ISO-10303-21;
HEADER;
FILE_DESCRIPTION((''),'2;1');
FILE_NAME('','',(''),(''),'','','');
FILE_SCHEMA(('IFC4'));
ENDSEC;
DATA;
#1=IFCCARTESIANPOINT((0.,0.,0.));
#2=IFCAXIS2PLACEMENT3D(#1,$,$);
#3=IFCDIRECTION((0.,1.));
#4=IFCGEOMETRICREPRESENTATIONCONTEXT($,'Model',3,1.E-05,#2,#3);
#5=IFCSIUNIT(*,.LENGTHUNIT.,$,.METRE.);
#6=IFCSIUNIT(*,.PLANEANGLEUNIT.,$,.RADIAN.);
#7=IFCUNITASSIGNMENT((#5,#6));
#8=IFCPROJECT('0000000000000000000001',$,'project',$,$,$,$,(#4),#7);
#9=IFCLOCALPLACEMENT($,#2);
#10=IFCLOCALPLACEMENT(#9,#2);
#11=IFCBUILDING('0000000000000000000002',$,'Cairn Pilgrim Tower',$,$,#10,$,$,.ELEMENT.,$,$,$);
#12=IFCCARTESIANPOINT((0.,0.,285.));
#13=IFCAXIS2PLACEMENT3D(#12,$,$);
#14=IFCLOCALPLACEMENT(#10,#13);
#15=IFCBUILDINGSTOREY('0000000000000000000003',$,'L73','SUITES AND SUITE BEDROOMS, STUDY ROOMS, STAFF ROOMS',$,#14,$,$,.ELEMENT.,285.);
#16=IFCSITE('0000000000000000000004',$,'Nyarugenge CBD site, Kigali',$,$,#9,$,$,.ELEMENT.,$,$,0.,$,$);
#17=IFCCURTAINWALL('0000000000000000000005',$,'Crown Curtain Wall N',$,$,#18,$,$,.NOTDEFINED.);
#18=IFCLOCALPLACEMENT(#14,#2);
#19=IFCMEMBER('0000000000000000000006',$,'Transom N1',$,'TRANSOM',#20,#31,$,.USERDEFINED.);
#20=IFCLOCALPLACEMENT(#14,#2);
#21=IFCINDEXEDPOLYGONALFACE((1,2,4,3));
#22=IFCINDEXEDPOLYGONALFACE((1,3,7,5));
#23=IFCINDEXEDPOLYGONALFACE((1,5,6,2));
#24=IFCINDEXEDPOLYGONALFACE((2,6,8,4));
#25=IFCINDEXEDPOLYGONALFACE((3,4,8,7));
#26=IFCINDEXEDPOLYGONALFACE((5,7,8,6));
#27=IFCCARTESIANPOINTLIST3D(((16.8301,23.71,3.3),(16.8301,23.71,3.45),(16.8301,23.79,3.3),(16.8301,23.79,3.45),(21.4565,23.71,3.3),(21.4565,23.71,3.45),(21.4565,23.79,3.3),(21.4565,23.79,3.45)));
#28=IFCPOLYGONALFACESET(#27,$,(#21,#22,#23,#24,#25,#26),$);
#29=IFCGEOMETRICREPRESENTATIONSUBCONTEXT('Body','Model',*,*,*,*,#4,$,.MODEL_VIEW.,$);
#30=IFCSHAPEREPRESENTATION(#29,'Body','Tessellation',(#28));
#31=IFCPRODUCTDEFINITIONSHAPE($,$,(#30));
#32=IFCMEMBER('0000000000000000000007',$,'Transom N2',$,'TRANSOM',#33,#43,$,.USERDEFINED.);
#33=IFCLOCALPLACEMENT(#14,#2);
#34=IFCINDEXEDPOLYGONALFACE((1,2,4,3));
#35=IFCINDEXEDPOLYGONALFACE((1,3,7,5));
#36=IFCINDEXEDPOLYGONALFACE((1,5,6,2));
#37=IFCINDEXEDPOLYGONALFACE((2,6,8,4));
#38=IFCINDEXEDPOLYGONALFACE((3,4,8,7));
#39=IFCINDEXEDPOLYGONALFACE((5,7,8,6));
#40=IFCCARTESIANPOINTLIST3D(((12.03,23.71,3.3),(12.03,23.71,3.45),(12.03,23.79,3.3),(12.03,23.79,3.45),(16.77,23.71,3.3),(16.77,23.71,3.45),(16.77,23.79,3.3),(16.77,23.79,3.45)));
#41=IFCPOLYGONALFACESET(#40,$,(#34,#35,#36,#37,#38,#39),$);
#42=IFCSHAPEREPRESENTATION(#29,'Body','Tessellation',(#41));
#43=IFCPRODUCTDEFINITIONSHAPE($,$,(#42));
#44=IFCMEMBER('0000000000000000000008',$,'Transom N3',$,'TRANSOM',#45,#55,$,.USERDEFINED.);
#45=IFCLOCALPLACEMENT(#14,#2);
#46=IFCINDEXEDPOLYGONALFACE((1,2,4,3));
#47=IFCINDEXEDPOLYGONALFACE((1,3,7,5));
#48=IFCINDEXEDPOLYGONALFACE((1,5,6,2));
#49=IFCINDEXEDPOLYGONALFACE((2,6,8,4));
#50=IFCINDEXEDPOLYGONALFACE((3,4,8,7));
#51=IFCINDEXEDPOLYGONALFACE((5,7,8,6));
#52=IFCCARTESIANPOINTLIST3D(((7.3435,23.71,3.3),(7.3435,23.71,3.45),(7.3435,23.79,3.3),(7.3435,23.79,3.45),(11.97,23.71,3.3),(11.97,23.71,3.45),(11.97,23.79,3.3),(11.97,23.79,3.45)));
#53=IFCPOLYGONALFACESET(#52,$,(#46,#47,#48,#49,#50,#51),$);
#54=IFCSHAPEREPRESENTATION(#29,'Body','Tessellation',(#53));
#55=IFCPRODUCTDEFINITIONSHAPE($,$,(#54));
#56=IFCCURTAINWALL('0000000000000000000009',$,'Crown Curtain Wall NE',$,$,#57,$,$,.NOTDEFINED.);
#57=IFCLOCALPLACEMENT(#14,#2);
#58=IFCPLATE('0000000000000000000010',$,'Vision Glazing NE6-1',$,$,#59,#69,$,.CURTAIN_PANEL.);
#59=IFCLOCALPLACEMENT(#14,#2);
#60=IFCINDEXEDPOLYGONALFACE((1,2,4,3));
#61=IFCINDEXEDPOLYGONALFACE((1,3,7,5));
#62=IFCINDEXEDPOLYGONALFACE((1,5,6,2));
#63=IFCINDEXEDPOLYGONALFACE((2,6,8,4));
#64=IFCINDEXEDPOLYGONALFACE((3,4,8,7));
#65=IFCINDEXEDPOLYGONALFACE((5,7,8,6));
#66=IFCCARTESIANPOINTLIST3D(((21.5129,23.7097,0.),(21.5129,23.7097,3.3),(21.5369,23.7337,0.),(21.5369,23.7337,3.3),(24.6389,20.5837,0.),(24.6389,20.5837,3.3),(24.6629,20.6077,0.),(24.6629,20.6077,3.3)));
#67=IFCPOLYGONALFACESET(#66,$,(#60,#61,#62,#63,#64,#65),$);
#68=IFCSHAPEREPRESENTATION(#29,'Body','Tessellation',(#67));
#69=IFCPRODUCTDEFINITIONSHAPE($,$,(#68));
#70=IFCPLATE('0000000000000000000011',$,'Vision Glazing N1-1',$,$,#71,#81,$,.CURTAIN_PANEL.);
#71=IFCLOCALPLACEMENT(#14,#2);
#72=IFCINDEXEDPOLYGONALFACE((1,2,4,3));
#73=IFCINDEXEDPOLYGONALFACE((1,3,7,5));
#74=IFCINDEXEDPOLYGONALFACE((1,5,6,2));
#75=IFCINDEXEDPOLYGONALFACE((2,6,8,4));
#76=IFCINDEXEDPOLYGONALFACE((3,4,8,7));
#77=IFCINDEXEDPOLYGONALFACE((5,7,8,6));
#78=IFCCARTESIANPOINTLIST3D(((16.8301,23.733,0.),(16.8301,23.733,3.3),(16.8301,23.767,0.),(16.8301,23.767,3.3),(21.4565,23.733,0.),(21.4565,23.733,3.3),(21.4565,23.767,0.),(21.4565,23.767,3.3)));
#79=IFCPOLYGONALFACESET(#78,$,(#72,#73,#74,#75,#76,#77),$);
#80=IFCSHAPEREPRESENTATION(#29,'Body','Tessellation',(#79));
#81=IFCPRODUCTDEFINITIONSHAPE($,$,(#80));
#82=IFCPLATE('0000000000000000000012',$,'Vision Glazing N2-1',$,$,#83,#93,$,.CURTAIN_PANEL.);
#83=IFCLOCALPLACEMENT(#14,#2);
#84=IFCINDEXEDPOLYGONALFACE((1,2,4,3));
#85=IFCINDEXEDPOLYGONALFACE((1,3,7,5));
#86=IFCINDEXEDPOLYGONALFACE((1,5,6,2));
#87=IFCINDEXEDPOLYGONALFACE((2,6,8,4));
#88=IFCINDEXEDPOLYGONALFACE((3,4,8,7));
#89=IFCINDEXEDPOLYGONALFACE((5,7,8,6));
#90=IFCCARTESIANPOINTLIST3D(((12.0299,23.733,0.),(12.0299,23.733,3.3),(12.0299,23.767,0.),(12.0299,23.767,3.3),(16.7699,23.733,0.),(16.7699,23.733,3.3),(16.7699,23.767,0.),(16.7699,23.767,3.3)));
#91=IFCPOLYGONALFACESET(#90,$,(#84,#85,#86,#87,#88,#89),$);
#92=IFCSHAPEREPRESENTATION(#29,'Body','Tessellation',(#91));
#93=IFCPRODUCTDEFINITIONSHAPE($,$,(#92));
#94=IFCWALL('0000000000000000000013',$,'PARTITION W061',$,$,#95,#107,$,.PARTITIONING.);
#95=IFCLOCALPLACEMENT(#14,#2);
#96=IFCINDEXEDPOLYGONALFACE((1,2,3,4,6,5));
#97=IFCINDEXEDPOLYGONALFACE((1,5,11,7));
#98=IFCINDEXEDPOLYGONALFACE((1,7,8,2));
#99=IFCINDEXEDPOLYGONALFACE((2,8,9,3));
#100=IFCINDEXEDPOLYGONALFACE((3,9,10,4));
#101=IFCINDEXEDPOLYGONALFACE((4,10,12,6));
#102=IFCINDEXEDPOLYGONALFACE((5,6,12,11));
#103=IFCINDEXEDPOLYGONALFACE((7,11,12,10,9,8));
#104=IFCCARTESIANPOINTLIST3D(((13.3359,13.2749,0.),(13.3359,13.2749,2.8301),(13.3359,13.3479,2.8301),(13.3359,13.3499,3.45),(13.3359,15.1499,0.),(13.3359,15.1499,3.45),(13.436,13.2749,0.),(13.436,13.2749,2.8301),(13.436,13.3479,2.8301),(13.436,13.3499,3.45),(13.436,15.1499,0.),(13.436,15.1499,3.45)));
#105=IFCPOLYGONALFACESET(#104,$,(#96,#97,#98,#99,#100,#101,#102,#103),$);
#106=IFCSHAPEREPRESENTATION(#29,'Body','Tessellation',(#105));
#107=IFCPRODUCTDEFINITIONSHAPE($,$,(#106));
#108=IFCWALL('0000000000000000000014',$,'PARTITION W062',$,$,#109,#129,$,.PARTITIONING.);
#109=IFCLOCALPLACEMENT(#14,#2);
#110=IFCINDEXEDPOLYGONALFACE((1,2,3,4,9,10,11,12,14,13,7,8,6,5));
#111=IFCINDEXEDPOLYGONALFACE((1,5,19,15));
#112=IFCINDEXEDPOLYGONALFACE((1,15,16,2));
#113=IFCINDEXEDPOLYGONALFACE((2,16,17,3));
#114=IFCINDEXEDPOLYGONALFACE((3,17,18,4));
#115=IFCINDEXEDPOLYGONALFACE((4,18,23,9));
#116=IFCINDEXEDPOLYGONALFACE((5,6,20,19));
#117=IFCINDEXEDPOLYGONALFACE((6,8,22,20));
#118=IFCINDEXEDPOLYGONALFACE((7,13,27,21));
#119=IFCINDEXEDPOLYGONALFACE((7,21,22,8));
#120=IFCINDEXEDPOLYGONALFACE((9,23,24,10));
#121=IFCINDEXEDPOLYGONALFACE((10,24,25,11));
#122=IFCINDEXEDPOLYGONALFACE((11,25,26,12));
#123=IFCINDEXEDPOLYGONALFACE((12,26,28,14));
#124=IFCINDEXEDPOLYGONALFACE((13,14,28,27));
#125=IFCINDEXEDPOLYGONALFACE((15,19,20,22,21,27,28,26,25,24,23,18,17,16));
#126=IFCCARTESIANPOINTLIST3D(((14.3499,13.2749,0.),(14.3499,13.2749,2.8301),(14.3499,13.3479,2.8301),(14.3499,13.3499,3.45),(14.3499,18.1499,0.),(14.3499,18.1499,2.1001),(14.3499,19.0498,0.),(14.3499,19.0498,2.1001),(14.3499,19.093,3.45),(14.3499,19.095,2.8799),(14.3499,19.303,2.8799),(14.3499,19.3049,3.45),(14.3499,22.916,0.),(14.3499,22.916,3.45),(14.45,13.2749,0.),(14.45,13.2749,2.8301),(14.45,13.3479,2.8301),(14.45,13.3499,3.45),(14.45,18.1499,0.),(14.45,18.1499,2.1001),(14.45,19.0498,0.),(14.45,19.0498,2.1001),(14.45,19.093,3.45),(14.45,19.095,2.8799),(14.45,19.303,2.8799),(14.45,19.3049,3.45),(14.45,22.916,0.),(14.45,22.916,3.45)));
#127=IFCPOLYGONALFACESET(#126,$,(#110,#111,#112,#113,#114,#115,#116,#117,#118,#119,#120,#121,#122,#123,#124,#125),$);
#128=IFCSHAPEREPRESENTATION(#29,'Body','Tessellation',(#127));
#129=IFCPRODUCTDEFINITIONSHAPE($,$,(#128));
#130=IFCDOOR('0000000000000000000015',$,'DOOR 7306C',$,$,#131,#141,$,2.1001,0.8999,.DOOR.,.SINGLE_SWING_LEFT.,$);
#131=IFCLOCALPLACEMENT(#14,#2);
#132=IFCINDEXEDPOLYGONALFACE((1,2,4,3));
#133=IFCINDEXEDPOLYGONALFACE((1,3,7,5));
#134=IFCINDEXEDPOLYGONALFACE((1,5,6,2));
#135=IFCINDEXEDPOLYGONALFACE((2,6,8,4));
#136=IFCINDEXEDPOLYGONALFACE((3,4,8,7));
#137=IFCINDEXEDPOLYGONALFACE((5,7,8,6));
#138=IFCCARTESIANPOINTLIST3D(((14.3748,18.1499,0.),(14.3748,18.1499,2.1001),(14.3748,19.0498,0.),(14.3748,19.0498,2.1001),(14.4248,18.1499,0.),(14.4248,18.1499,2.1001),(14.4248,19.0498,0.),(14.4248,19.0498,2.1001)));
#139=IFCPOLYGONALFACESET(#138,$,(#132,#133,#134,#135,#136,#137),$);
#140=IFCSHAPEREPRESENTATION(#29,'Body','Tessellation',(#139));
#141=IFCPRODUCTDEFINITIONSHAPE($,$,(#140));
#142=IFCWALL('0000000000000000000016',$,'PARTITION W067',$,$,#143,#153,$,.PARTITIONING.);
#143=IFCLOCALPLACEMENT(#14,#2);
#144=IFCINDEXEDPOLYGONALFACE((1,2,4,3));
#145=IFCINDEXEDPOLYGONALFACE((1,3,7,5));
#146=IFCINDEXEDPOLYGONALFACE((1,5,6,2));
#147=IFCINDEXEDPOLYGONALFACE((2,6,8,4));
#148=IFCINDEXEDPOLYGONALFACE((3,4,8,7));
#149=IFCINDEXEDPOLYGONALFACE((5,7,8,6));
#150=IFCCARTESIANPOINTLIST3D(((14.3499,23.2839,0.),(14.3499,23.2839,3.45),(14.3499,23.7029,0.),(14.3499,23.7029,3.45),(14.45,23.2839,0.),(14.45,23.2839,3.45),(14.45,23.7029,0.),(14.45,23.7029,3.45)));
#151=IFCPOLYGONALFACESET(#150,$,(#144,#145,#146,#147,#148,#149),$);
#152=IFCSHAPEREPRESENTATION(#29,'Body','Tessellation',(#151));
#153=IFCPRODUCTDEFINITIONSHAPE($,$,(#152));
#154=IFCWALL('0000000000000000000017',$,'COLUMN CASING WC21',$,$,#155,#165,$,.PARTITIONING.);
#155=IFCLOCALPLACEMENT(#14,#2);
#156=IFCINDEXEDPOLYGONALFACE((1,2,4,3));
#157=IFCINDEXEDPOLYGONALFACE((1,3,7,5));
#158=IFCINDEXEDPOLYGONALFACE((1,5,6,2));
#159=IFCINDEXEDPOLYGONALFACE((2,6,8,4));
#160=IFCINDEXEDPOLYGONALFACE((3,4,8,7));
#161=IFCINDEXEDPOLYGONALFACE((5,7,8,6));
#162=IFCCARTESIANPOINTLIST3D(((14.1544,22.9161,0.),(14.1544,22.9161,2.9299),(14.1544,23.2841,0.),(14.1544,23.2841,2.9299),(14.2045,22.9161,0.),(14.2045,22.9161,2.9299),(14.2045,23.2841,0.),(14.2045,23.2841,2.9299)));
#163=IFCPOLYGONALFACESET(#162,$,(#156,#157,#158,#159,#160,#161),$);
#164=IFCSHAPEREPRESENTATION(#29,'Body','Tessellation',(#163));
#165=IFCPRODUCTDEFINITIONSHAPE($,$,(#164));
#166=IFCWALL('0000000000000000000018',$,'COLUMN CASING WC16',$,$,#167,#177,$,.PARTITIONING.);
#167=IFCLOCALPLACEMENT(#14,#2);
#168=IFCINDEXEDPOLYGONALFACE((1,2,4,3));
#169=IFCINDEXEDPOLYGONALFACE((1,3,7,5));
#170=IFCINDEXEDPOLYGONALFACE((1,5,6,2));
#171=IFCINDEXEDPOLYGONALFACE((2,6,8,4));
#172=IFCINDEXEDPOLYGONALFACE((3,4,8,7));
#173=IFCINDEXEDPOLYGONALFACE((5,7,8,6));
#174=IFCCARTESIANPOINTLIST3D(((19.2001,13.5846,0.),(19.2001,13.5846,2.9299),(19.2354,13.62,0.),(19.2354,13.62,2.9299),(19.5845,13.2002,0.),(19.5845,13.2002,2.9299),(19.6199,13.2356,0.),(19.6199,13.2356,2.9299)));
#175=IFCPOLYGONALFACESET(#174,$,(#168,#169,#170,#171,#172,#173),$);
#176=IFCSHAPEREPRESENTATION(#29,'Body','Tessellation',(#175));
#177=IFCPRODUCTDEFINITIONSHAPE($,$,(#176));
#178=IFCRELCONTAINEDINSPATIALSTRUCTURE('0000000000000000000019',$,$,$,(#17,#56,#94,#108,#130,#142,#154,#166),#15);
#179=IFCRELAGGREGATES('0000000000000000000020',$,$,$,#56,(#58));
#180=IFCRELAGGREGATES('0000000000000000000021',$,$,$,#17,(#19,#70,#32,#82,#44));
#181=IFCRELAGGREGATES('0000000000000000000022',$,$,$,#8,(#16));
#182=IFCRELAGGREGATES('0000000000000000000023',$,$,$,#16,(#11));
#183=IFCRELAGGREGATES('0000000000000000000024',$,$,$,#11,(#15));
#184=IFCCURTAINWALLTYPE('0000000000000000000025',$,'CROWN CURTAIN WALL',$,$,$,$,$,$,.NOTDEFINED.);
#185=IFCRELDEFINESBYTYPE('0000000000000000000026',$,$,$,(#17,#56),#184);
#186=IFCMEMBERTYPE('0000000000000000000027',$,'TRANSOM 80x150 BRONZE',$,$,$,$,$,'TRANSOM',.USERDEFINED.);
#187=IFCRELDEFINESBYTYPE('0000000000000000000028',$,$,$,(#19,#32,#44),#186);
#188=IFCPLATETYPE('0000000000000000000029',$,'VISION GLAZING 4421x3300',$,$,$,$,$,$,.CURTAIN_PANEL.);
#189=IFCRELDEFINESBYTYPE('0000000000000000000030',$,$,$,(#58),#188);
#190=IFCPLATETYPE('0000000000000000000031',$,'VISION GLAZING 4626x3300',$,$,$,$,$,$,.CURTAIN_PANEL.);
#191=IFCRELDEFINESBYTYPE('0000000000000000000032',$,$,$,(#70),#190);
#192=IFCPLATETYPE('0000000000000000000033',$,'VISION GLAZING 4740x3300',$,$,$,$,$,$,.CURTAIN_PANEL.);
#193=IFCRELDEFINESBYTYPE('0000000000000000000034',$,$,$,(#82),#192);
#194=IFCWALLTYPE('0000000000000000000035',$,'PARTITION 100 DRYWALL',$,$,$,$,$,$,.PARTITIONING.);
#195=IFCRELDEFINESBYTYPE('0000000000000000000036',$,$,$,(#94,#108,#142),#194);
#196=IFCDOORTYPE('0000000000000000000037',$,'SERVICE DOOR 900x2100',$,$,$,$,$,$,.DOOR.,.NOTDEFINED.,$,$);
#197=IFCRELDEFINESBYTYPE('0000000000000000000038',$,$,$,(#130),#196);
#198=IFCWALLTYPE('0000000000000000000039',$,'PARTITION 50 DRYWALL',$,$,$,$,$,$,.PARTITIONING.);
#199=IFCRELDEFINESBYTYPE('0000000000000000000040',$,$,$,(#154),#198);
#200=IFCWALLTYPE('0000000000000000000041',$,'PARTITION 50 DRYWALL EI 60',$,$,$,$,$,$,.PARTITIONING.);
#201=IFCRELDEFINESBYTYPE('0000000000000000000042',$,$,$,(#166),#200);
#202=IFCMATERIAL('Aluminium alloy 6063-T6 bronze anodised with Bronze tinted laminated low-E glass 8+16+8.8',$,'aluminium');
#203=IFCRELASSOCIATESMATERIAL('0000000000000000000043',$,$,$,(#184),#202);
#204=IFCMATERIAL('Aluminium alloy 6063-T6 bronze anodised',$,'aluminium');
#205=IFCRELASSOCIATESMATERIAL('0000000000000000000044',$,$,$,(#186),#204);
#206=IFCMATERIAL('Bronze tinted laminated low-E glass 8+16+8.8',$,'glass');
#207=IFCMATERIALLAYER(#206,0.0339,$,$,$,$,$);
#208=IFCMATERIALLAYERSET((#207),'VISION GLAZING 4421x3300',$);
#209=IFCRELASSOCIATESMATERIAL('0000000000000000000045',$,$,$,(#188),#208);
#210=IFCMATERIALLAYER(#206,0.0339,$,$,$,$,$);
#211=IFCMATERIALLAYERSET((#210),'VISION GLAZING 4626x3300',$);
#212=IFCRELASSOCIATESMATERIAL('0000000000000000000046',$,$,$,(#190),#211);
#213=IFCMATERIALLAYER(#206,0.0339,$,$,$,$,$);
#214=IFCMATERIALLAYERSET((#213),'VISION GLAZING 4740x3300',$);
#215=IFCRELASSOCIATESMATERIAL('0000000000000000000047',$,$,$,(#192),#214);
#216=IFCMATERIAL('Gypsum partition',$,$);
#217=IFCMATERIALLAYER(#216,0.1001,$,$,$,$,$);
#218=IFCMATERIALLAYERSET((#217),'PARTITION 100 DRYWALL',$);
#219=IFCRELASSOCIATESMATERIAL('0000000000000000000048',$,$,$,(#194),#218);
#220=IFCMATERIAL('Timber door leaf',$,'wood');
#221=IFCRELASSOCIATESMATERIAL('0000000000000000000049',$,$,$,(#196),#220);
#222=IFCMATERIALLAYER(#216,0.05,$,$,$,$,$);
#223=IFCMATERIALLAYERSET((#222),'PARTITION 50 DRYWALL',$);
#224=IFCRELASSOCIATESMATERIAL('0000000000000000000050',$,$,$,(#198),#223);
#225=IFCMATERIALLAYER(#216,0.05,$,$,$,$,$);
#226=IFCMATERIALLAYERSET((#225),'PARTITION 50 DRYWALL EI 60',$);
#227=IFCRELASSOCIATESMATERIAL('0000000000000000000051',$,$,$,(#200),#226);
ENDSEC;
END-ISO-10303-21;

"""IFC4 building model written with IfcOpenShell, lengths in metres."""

from ifc_helpers import new_model, si_unit, direction, frame, frame_2d, origin, origin_2d, place, context, subcontext, project, spatial, polyline, rectangle, outline, extrude, material, layer, layer_set, material_profile, profile_set, type_object, element, fill, aggregate, save


model = new_model("IFC4")

# Units and contexts
model_context = context("Model", 3, precision=1e-05, world=origin(), true_north=direction((0.0, 1.0)))
body_context = subcontext(model_context, "Body", "Model", "MODEL_VIEW")
ifc_project = project(units=[si_unit("LENGTHUNIT", "METRE"), si_unit("PLANEANGLEUNIT", "RADIAN")], contexts=[model_context])

# Site, building, storey
site_placement = place(None, origin())
site = spatial("IfcSite", under=ifc_project, at=site_placement, Name="Nyarugenge CBD site, Kigali", CompositionType="ELEMENT", RefElevation=0.0)
building_placement = place(site_placement, origin())
building = spatial("IfcBuilding", under=site, at=building_placement, Name="Cairn Pilgrim Tower", CompositionType="ELEMENT")
storey_placement = place(building_placement, frame((0.0, 0.0, 285.0)))
storey = spatial("IfcBuildingStorey", under=building, at=storey_placement, Name="L73", Description="SUITES AND SUITE BEDROOMS, STUDY ROOMS, STAFF ROOMS", CompositionType="ELEMENT", Elevation=285.0)

# Curtain wall
ifc_material_1 = material(Name="Aluminium alloy 6063-T6 bronze anodised with Bronze tinted laminated low-E glass 8+16+8.8", Category="aluminium")
curtain_wall_type = type_object("IfcCurtainWallType", Name="CROWN CURTAIN WALL", PredefinedType="NOTDEFINED", material=ifc_material_1)
curtain_wall_1_placement = place(storey_placement, origin())
curtain_wall_1 = element("IfcCurtainWall", 1, at=curtain_wall_1_placement, inside=storey, type_object=curtain_wall_type, Name="Crown Curtain Wall N", PredefinedType="NOTDEFINED")
ifc_material_2 = material(Name="Aluminium alloy 6063-T6 bronze anodised", Category="aluminium")

# Members
ifc_material_profile_1 = material_profile(ifc_material_2, rectangle(XDim=0.0801, YDim=0.1499, at=origin_2d()), Name="TRANSOM 80x150 BRONZE")
ifc_profile_set_1 = profile_set([ifc_material_profile_1], Name="Aluminium alloy 6063-T6 bronze anodised")
member_type_1 = type_object("IfcMemberType", Name="TRANSOM 80x150 BRONZE", ElementType="TRANSOM", PredefinedType="USERDEFINED", material=ifc_profile_set_1)
member_1_placement = place(storey_placement, frame((21.4565, 23.75, 3.375), z_axis=(-1.0, 0.0, 0.0), x_axis=(0.0, -1.0, 0.0)))
member_1 = element("IfcMember", 2, at=member_1_placement, type_object=member_type_1, Name="Transom N1", ObjectType="TRANSOM", PredefinedType="USERDEFINED", context=body_context, shape_type="SweptSolid", body=[
    extrude(rectangle(XDim=0.0801, YDim=0.1499, at=origin_2d()), origin(), (0.0, 0.0, 1.0), 4.6265),
])
member_2_placement = place(storey_placement, frame((16.77, 23.75, 3.375), z_axis=(-1.0, 0.0, 0.0), x_axis=(0.0, -1.0, 0.0)))
member_2 = element("IfcMember", 3, at=member_2_placement, type_object=member_type_1, Name="Transom N2", ObjectType="TRANSOM", PredefinedType="USERDEFINED", context=body_context, shape_type="SweptSolid", body=[
    extrude(rectangle(XDim=0.0801, YDim=0.1499, at=origin_2d()), origin(), (0.0, 0.0, 1.0), 4.74),
])
member_3_placement = place(storey_placement, frame((11.97, 23.75, 3.375), z_axis=(-1.0, 0.0, 0.0), x_axis=(0.0, -1.0, 0.0)))
member_3 = element("IfcMember", 4, at=member_3_placement, type_object=member_type_1, Name="Transom N3", ObjectType="TRANSOM", PredefinedType="USERDEFINED", context=body_context, shape_type="SweptSolid", body=[
    extrude(rectangle(XDim=0.0801, YDim=0.1499, at=origin_2d()), origin(), (0.0, 0.0, 1.0), 4.6265),
])

# Curtain wall, plate
curtain_wall_2_placement = place(storey_placement, origin())
curtain_wall_2 = element("IfcCurtainWall", 5, at=curtain_wall_2_placement, inside=storey, type_object=curtain_wall_type, Name="Crown Curtain Wall NE", PredefinedType="NOTDEFINED")
ifc_material_3 = material(Name="Bronze tinted laminated low-E glass 8+16+8.8", Category="glass")
ifc_layer_1 = layer(ifc_material_3, 0.0339)
ifc_layer_set_1 = layer_set([ifc_layer_1], Name="VISION GLAZING 4421x3300")
plate_type_1 = type_object("IfcPlateType", Name="VISION GLAZING 4421x3300", PredefinedType="CURTAIN_PANEL", material=ifc_layer_set_1)
plate_1_placement = place(storey_placement, frame((23.0879, 22.1587, 0.0), z_axis=(0.0, 0.0, 1.0), x_axis=(-0.707107, 0.707107, 0.0)))
plate_1 = element("IfcPlate", 6, at=plate_1_placement, type_object=plate_type_1, Name="Vision Glazing NE6-1", PredefinedType="CURTAIN_PANEL", context=body_context, shape_type="SweptSolid", body=[
    extrude(rectangle(XDim=4.4209, YDim=0.0339, at=origin_2d()), origin(), (0.0, 0.0, 1.0), 3.3),
])
aggregate(curtain_wall_2, [plate_1])

# Plates
ifc_layer_2 = layer(ifc_material_3, 0.0339)
ifc_layer_set_2 = layer_set([ifc_layer_2], Name="VISION GLAZING 4626x3300")
plate_type_2 = type_object("IfcPlateType", Name="VISION GLAZING 4626x3300", PredefinedType="CURTAIN_PANEL", material=ifc_layer_set_2)
plate_2_placement = place(storey_placement, frame((19.1433, 23.75, 0.0), z_axis=(0.0, 0.0, 1.0), x_axis=(-1.0, 0.0, 0.0)))
plate_2 = element("IfcPlate", 7, at=plate_2_placement, type_object=plate_type_2, Name="Vision Glazing N1-1", PredefinedType="CURTAIN_PANEL", context=body_context, shape_type="SweptSolid", body=[
    extrude(rectangle(XDim=4.6265, YDim=0.0339, at=origin_2d()), origin(), (0.0, 0.0, 1.0), 3.3),
])
ifc_layer_3 = layer(ifc_material_3, 0.0339)
ifc_layer_set_3 = layer_set([ifc_layer_3], Name="VISION GLAZING 4740x3300")
plate_type_3 = type_object("IfcPlateType", Name="VISION GLAZING 4740x3300", PredefinedType="CURTAIN_PANEL", material=ifc_layer_set_3)
plate_3_placement = place(storey_placement, frame((14.3999, 23.75, 0.0), z_axis=(0.0, 0.0, 1.0), x_axis=(-1.0, 0.0, 0.0)))
plate_3 = element("IfcPlate", 8, at=plate_3_placement, type_object=plate_type_3, Name="Vision Glazing N2-1", PredefinedType="CURTAIN_PANEL", context=body_context, shape_type="SweptSolid", body=[
    extrude(rectangle(XDim=4.74, YDim=0.0339, at=origin_2d()), origin(), (0.0, 0.0, 1.0), 3.3),
])
aggregate(curtain_wall_1, [member_1, plate_2, member_2, plate_3, member_3])

# Wall
ifc_material_4 = material(Name="Gypsum partition")
ifc_layer_4 = layer(ifc_material_4, 0.1001)
ifc_layer_set_4 = layer_set([ifc_layer_4], Name="PARTITION 100 DRYWALL")
wall_type_1 = type_object("IfcWallType", Name="PARTITION 100 DRYWALL", PredefinedType="PARTITIONING", material=ifc_layer_set_4)
wall_1_placement = place(storey_placement, frame((13.386, 13.2749, 0.0), z_axis=(0.0, 0.0, 1.0), x_axis=(0.0, 1.0, 0.0)))
element("IfcWall", 9, at=wall_1_placement, inside=storey, type_object=wall_type_1, Name="PARTITION W061", PredefinedType="PARTITIONING", context=body_context, shape_type="SweptSolid", body=[
    extrude(outline(polyline([(0.0, 0.0), (1.875, 0.0), (1.875, 3.45), (0.075, 3.45), (0.073, 2.8301), (0.0, 2.8301), (0.0, 0.0)])), frame((0.0, 0.05, 0.0), z_axis=(0.0, -1.0, 0.0), x_axis=(1.0, 0.0, 0.0)), (0.0, 0.0, 1.0), 0.1001),
])

# Wall, opening, door
wall_2_placement = place(storey_placement, frame((14.3999, 13.2749, 0.0), z_axis=(0.0, 0.0, 1.0), x_axis=(0.0, 1.0, 0.0)))
wall_2 = element("IfcWall", 10, at=wall_2_placement, inside=storey, type_object=wall_type_1, Name="PARTITION W062", PredefinedType="PARTITIONING", context=body_context, shape_type="SweptSolid", body=[
    extrude(outline(polyline([(0.0, 0.0), (9.6411, 0.0), (9.6411, 3.45), (6.03, 3.45), (6.0281, 2.8799), (5.8201, 2.8799), (5.8181, 3.45), (0.075, 3.45), (0.073, 2.8301), (0.0, 2.8301), (0.0, 0.0)])), frame((0.0, 0.05, 0.0), z_axis=(0.0, -1.0, 0.0), x_axis=(1.0, 0.0, 0.0)), (0.0, 0.0, 1.0), 0.1001),
])
opening_placement = place(wall_2_placement, frame((4.875, 0.0, 0.0)))
opening = element("IfcOpeningElement", 11, at=opening_placement, cuts=wall_2, PredefinedType="OPENING", context=body_context, shape_type="SweptSolid", body=[
    extrude(rectangle(XDim=0.8999, YDim=2.1001, at=frame_2d((0.45, 1.05))), frame((0.0, 0.0601, 0.0), z_axis=(0.0, -1.0, 0.0), x_axis=(1.0, 0.0, 0.0)), (0.0, 0.0, 1.0), 0.1201),
])
ifc_material_5 = material(Name="Timber door leaf", Category="wood")
door_type = type_object("IfcDoorType", Name="SERVICE DOOR 900x2100", OperationType="NOTDEFINED", PredefinedType="DOOR", material=ifc_material_5)
door_placement = place(opening_placement, frame((0.8999, 0.0, 0.0), z_axis=(0.0, 0.0, 1.0), x_axis=(-1.0, 0.0, 0.0)))
door = element("IfcDoor", 12, at=door_placement, inside=storey, type_object=door_type, Name="DOOR 7306C", OperationType="SINGLE_SWING_LEFT", OverallHeight=2.1001, OverallWidth=0.8999, PredefinedType="DOOR", context=body_context, shape_type="SweptSolid", body=[
    extrude(rectangle(XDim=0.8999, YDim=2.1001, at=frame_2d((0.45, 1.05))), frame((0.0, 0.0249, 0.0), z_axis=(0.0, -1.0, 0.0), x_axis=(1.0, 0.0, 0.0)), (0.0, 0.0, 1.0), 0.05),
])
fill(opening, door)

# Walls
wall_3_placement = place(storey_placement, frame((14.3999, 23.2839, 0.0), z_axis=(0.0, 0.0, 1.0), x_axis=(0.0, 1.0, 0.0)))
element("IfcWall", 13, at=wall_3_placement, inside=storey, type_object=wall_type_1, Name="PARTITION W067", PredefinedType="PARTITIONING", context=body_context, shape_type="SweptSolid", body=[
    extrude(rectangle(XDim=0.4189, YDim=0.1001, at=frame_2d((0.2095, 0.0))), origin(), (0.0, 0.0, 1.0), 3.45),
])
ifc_layer_5 = layer(ifc_material_4, 0.05)
ifc_layer_set_5 = layer_set([ifc_layer_5], Name="PARTITION 50 DRYWALL")
wall_type_2 = type_object("IfcWallType", Name="PARTITION 50 DRYWALL", PredefinedType="PARTITIONING", material=ifc_layer_set_5)
wall_4_placement = place(storey_placement, frame((14.1794, 22.916, 0.0), z_axis=(0.0, 0.0, 1.0), x_axis=(0.0, 1.0, 0.0)))
element("IfcWall", 14, at=wall_4_placement, inside=storey, type_object=wall_type_2, Name="COLUMN CASING WC21", PredefinedType="PARTITIONING", context=body_context, shape_type="SweptSolid", body=[
    extrude(rectangle(XDim=0.3679, YDim=0.05, at=frame_2d((0.1841, 0.0))), origin(), (0.0, 0.0, 1.0), 2.9299),
])
ifc_layer_6 = layer(ifc_material_4, 0.05)
ifc_layer_set_6 = layer_set([ifc_layer_6], Name="PARTITION 50 DRYWALL EI 60")
wall_type_3 = type_object("IfcWallType", Name="PARTITION 50 DRYWALL EI 60", PredefinedType="PARTITIONING", material=ifc_layer_set_6)
wall_5_placement = place(storey_placement, frame((19.6023, 13.2178, 0.0), z_axis=(0.0, 0.0, 1.0), x_axis=(-0.707107, 0.707107, 0.0)))
element("IfcWall", 15, at=wall_5_placement, inside=storey, type_object=wall_type_3, Name="COLUMN CASING WC16", PredefinedType="PARTITIONING", context=body_context, shape_type="SweptSolid", body=[
    extrude(rectangle(XDim=0.5437, YDim=0.05, at=frame_2d((0.272, 0.0))), origin(), (0.0, 0.0, 1.0), 2.9299),
])

save(model, "model.ifc")
